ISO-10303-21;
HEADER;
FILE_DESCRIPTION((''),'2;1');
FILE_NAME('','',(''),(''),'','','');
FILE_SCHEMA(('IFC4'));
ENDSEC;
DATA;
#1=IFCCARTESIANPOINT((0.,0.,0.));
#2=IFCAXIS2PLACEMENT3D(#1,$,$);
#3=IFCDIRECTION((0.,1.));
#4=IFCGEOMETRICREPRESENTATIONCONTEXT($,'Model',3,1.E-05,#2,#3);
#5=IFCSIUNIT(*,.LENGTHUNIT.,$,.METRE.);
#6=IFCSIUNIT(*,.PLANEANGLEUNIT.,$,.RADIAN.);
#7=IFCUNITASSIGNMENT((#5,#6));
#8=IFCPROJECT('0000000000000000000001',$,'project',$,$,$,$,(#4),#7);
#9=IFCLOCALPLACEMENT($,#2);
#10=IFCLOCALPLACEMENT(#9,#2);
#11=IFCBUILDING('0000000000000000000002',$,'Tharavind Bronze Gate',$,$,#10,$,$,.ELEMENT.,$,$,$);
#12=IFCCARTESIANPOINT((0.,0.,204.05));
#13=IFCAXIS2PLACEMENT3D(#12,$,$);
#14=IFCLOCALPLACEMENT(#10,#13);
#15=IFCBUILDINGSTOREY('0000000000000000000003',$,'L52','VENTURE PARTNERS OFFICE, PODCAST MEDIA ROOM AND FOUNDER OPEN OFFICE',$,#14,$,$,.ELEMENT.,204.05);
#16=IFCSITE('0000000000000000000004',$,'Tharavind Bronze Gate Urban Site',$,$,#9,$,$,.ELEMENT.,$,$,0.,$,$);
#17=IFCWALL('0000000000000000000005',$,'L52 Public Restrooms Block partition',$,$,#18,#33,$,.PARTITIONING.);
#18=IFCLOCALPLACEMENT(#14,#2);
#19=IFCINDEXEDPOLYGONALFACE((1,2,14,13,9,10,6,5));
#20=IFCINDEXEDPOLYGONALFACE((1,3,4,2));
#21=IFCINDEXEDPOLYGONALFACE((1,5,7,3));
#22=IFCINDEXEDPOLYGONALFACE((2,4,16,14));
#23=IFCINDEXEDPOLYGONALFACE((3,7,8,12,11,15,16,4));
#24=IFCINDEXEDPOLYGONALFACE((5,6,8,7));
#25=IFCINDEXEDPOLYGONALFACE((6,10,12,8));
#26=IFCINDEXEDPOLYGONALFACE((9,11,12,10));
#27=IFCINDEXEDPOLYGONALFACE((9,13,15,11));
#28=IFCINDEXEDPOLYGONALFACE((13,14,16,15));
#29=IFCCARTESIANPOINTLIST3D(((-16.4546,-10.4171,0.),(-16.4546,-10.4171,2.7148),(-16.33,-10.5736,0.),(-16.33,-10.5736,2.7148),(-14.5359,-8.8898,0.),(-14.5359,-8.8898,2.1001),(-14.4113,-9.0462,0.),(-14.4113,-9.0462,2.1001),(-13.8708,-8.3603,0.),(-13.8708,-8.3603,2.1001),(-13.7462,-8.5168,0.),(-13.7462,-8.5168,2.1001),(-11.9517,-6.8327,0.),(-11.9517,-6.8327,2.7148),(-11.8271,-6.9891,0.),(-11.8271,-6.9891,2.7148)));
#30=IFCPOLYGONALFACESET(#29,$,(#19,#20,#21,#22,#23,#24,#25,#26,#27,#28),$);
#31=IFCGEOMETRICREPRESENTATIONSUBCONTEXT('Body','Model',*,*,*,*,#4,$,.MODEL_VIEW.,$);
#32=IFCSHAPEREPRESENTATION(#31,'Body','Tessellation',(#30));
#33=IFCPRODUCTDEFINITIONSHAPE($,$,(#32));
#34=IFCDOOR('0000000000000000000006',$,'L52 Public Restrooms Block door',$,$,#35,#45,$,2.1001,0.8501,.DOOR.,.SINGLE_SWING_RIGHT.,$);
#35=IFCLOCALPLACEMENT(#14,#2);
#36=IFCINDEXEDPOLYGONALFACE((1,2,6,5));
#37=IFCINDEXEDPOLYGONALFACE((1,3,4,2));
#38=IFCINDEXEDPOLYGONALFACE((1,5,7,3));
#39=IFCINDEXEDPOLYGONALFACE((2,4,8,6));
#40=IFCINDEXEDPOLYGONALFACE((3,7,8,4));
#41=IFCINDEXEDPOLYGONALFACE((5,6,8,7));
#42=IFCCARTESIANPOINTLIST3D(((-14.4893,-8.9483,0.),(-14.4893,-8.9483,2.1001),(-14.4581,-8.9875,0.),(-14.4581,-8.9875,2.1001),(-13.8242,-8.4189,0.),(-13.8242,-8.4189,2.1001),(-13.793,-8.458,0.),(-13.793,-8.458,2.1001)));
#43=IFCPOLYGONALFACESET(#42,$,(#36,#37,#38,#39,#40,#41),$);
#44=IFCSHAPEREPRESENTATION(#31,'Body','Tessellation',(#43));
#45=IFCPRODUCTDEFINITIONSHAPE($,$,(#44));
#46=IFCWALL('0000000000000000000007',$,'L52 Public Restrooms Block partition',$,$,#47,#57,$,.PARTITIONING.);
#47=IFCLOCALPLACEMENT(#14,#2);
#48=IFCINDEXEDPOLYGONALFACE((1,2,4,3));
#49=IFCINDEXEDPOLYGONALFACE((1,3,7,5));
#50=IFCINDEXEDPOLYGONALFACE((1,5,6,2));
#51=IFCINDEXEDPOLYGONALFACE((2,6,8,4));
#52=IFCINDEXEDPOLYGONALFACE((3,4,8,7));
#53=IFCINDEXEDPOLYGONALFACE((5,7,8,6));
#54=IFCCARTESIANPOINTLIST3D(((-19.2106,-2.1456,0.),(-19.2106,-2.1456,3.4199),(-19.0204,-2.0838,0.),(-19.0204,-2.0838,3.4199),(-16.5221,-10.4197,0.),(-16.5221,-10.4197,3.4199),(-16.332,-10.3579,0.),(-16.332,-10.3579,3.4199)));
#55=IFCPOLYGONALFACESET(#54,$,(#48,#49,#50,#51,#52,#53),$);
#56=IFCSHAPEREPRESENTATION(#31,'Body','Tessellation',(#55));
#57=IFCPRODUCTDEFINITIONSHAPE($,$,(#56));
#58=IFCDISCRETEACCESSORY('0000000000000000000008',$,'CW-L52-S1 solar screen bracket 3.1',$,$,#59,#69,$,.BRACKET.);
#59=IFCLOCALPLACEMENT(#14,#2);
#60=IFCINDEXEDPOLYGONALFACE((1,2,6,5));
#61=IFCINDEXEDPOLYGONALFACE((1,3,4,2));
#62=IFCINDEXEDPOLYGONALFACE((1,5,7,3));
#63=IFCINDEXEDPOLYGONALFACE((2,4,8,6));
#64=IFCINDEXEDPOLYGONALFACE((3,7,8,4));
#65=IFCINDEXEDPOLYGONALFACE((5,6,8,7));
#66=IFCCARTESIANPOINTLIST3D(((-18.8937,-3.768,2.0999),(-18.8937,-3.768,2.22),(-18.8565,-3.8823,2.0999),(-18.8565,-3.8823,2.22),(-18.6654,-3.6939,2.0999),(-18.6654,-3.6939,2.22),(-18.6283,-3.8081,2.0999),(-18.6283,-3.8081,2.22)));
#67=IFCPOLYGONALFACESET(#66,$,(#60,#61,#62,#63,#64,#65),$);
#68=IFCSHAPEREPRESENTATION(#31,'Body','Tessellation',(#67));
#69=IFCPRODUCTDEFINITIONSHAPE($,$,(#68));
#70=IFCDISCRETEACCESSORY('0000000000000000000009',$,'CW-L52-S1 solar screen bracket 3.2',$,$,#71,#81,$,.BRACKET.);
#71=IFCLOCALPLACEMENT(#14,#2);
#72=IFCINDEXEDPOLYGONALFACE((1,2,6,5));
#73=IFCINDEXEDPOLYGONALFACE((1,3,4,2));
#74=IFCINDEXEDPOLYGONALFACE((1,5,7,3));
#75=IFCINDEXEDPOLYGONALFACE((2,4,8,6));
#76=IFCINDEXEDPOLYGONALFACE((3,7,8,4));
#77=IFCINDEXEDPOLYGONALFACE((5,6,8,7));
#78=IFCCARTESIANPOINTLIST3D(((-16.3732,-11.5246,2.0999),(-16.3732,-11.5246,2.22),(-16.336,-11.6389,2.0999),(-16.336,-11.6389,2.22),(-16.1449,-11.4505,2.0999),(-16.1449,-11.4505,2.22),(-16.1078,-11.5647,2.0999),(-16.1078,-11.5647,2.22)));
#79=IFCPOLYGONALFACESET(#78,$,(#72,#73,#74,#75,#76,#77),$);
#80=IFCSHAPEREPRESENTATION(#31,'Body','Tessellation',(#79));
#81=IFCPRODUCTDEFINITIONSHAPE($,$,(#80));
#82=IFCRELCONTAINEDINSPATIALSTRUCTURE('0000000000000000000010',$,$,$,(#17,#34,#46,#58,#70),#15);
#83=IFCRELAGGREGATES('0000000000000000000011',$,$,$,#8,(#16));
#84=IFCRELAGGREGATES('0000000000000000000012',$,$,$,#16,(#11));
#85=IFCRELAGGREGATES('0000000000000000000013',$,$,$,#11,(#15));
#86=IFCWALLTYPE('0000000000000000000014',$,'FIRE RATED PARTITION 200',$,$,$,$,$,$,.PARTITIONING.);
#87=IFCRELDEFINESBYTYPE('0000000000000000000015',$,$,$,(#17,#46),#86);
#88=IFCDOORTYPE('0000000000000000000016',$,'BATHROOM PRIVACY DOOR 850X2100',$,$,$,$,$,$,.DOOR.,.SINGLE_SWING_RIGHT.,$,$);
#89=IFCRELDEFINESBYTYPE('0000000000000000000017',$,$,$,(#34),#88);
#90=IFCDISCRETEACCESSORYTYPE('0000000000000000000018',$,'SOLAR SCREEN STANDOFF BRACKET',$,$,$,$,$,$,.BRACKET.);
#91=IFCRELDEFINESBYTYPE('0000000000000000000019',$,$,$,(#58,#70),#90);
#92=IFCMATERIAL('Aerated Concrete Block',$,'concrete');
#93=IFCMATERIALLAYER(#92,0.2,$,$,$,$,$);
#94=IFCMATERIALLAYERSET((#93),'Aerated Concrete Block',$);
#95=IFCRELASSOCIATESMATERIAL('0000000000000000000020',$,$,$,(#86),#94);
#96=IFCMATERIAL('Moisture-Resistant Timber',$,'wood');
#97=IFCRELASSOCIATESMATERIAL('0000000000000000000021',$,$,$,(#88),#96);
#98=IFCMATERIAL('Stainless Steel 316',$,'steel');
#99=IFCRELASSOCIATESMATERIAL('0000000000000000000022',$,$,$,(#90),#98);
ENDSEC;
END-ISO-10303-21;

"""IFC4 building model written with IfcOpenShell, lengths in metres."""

from ifc_helpers import new_model, si_unit, direction, frame, frame_2d, origin, origin_2d, place, context, subcontext, project, spatial, rectangle, extrude, material, layer, layer_set, type_object, element, fill, save


model = new_model("IFC4")

# Units and contexts
model_context = context("Model", 3, precision=1e-05, world=origin(), true_north=direction((0.0, 1.0)))
body_context = subcontext(model_context, "Body", "Model", "MODEL_VIEW")
ifc_project = project(units=[si_unit("LENGTHUNIT", "METRE"), si_unit("PLANEANGLEUNIT", "RADIAN")], contexts=[model_context])

# Site, building, storey
site_placement = place(None, origin())
site = spatial("IfcSite", under=ifc_project, at=site_placement, Name="Tharavind Bronze Gate Urban Site", CompositionType="ELEMENT", RefElevation=0.0)
building_placement = place(site_placement, origin())
building = spatial("IfcBuilding", under=site, at=building_placement, Name="Tharavind Bronze Gate", CompositionType="ELEMENT")
storey_placement = place(building_placement, frame((0.0, 0.0, 204.05)))
storey = spatial("IfcBuildingStorey", under=building, at=storey_placement, Name="L52", Description="VENTURE PARTNERS OFFICE, PODCAST MEDIA ROOM AND FOUNDER OPEN OFFICE", CompositionType="ELEMENT", Elevation=204.05)

# Shared definitions
ifc_material_1 = material(Name="Aerated Concrete Block", Category="concrete")
ifc_layer_1 = layer(ifc_material_1, 0.2)
ifc_layer_set_1 = layer_set([ifc_layer_1], Name="Aerated Concrete Block")
wall_type = type_object("IfcWallType", Name="FIRE RATED PARTITION 200", PredefinedType="PARTITIONING", material=ifc_layer_set_1)

# Wall, opening, door
wall_1_placement = place(storey_placement, frame((-11.8894, -6.9109, 0.0), z_axis=(0.0, 0.0, 1.0), x_axis=(-0.782381, -0.6228, 0.0)))
wall_1 = element("IfcWall", 1, at=wall_1_placement, inside=storey, type_object=wall_type, Name="L52 Public Restrooms Block partition", PredefinedType="PARTITIONING", context=body_context, shape_type="SweptSolid", body=[
    extrude(rectangle(XDim=5.7554, YDim=0.2, at=frame_2d((2.8777, 0.0))), origin(), (0.0, 0.0, 1.0), 2.7148),
])
opening_1_placement = place(wall_1_placement, frame((2.4529, 0.0, 0.0)))
opening_1 = element("IfcOpeningElement", 2, at=opening_1_placement, cuts=wall_1, PredefinedType="OPENING", context=body_context, shape_type="SweptSolid", body=[
    extrude(rectangle(XDim=0.8501, YDim=2.1001, at=frame_2d((0.425, 1.05))), frame((0.0, 0.1101, 0.0), z_axis=(0.0, -1.0, 0.0), x_axis=(1.0, 0.0, 0.0)), (0.0, 0.0, 1.0), 0.22),
])
ifc_material_2 = material(Name="Moisture-Resistant Timber", Category="wood")
door_type_1 = type_object("IfcDoorType", Name="BATHROOM PRIVACY DOOR 850X2100", OperationType="SINGLE_SWING_RIGHT", PredefinedType="DOOR", material=ifc_material_2)
door_1_placement = place(opening_1_placement, origin())
door_1 = element("IfcDoor", 3, at=door_1_placement, inside=storey, type_object=door_type_1, Name="L52 Public Restrooms Block door", OperationType="SINGLE_SWING_RIGHT", OverallHeight=2.1001, OverallWidth=0.8501, PredefinedType="DOOR", context=body_context, shape_type="SweptSolid", body=[
    extrude(rectangle(XDim=0.8501, YDim=2.1001, at=frame_2d((0.425, 1.05))), frame((0.0, 0.0249, 0.0), z_axis=(0.0, -1.0, 0.0), x_axis=(1.0, 0.0, 0.0)), (0.0, 0.0, 1.0), 0.05),
])
fill(opening_1, door_1)

# Wall
wall_2_placement = place(storey_placement, frame((-16.427, -10.3889, 0.0), z_axis=(0.0, 0.0, 1.0), x_axis=(-0.309021, 0.951055, 0.0)))
element("IfcWall", 4, at=wall_2_placement, inside=storey, type_object=wall_type, Name="L52 Public Restrooms Block partition", PredefinedType="PARTITIONING", context=body_context, shape_type="SweptSolid", body=[
    extrude(rectangle(XDim=8.7, YDim=0.2, at=frame_2d((4.3501, 0.0))), origin(), (0.0, 0.0, 1.0), 3.4199),
])

# Discrete accessories
ifc_material_3 = material(Name="Stainless Steel 316", Category="steel")
discrete_accessory_type = type_object("IfcDiscreteAccessoryType", Name="SOLAR SCREEN STANDOFF BRACKET", PredefinedType="BRACKET", material=ifc_material_3)
for number, where, z_axis, x_axis, name in (
    (5, (-18.761, -3.7881, 2.0999), (0.0, 0.0, 1.0), (0.309017, -0.951057, 0.0), "CW-L52-S1 solar screen bracket 3.1"),
    (6, (-16.2405, -11.5447, 2.0999), (0.0, 0.0, 1.0), (0.309017, -0.951057, 0.0), "CW-L52-S1 solar screen bracket 3.2"),
):
    element("IfcDiscreteAccessory", number, at=place(storey_placement, frame(where, z_axis=z_axis, x_axis=x_axis)), inside=storey, type_object=discrete_accessory_type, Name=name, PredefinedType="BRACKET", context=body_context, shape_type="SweptSolid", body=[
        extrude(rectangle(XDim=0.1201, YDim=0.24, at=origin_2d()), origin(), (0.0, 0.0, 1.0), 0.1201),
    ])

save(model, "model.ifc")
